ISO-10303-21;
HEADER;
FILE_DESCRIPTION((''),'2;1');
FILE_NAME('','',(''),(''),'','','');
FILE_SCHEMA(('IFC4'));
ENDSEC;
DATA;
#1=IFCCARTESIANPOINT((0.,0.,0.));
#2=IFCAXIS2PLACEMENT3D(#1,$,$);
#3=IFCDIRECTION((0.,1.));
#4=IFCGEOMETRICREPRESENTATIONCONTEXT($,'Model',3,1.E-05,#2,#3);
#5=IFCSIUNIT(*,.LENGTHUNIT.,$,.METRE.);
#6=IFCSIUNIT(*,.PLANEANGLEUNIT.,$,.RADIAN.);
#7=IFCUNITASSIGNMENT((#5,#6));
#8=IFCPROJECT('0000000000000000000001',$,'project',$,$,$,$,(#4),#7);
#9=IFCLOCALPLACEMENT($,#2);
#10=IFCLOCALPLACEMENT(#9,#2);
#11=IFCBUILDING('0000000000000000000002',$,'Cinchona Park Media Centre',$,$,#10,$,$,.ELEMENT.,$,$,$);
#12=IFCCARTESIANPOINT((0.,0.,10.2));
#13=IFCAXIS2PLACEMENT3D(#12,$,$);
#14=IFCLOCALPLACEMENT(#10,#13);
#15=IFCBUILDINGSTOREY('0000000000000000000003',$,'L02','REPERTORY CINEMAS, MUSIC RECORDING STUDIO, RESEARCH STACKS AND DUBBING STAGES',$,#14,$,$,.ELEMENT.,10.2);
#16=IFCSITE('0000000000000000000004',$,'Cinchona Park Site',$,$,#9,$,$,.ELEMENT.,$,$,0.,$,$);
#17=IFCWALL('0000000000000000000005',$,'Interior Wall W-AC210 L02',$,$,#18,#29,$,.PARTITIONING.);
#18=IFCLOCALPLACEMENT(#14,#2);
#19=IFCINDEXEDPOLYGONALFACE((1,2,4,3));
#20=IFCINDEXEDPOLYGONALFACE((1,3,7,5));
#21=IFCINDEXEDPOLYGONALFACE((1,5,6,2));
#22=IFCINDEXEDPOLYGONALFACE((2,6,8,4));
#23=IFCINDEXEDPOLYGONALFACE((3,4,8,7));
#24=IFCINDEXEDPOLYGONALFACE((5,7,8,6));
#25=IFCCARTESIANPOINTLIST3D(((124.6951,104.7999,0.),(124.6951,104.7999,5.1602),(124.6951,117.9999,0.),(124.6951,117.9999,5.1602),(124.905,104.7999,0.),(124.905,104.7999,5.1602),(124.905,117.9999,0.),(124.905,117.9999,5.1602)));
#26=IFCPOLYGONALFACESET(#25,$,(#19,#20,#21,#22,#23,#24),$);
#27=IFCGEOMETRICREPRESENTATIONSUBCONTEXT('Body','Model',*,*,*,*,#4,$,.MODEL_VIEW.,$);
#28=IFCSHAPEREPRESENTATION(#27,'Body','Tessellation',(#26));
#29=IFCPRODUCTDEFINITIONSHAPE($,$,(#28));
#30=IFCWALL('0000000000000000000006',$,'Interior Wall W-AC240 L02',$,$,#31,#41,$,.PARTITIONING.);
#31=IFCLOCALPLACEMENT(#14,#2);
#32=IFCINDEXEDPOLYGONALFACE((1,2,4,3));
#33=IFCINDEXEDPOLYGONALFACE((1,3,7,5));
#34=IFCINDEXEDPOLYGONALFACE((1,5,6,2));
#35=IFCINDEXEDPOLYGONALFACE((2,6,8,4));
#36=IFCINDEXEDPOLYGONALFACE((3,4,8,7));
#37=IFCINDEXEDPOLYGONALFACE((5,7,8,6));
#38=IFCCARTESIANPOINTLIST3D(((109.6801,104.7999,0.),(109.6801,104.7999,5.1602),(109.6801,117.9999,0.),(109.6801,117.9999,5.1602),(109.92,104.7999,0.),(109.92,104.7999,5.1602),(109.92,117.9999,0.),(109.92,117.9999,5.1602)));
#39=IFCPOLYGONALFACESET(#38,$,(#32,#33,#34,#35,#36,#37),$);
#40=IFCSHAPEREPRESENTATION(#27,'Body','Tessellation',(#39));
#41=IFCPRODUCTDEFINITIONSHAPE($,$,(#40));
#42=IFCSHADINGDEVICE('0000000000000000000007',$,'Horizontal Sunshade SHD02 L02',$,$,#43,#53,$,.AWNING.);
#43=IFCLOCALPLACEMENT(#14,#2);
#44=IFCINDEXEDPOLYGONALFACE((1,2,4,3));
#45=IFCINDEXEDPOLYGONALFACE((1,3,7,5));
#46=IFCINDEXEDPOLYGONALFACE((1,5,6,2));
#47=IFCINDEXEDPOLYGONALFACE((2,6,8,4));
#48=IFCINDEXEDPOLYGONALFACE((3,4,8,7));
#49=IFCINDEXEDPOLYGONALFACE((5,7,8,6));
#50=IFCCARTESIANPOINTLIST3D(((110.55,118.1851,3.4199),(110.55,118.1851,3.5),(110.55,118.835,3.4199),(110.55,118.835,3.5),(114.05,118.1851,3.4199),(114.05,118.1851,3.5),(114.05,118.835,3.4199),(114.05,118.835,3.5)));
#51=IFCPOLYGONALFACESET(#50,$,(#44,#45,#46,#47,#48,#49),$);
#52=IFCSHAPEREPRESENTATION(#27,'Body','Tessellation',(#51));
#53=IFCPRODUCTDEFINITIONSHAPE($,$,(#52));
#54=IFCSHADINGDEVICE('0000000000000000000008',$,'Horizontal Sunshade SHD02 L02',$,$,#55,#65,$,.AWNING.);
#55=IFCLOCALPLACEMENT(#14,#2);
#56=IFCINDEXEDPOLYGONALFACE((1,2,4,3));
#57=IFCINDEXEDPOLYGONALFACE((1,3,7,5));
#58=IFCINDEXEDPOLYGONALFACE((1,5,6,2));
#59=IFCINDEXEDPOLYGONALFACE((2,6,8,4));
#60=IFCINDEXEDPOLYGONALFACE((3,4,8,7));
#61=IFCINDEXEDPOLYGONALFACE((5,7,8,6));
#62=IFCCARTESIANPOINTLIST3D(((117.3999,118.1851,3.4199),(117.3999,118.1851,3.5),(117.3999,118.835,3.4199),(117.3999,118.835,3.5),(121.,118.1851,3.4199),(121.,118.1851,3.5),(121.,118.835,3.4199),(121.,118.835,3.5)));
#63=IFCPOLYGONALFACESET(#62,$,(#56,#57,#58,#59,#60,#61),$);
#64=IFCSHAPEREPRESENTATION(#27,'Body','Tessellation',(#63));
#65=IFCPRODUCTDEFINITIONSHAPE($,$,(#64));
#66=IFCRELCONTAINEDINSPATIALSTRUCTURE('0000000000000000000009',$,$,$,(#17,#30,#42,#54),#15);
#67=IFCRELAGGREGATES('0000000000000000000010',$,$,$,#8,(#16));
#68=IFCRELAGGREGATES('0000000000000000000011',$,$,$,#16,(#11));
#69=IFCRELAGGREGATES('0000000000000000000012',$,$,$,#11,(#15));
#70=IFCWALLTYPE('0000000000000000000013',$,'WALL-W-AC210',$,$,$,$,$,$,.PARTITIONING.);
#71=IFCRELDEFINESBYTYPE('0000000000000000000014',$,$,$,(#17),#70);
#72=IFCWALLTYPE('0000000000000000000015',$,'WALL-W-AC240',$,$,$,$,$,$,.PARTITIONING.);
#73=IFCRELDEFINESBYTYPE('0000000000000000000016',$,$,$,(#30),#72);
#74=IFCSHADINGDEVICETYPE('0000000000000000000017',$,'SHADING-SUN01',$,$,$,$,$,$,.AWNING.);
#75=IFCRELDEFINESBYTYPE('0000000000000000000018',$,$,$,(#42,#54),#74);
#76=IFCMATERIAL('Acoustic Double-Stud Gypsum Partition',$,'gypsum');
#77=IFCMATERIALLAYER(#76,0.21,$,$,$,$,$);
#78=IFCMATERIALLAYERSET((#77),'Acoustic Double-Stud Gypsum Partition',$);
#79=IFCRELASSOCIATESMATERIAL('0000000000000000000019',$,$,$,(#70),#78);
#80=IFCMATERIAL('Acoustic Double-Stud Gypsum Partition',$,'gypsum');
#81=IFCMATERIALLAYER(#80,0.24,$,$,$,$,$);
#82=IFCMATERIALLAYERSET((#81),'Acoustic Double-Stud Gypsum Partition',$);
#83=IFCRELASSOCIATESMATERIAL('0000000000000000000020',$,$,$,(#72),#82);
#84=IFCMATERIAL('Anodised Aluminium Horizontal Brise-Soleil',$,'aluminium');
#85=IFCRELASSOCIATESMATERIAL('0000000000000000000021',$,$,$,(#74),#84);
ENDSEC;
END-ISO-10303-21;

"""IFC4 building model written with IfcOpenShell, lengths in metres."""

from ifc_helpers import new_model, si_unit, direction, frame, frame_2d, origin, origin_2d, place, context, subcontext, project, spatial, rectangle, extrude, material, layer, layer_set, type_object, element, save


model = new_model("IFC4")

# Units and contexts
model_context = context("Model", 3, precision=1e-05, world=origin(), true_north=direction((0.0, 1.0)))
body_context = subcontext(model_context, "Body", "Model", "MODEL_VIEW")
ifc_project = project(units=[si_unit("LENGTHUNIT", "METRE"), si_unit("PLANEANGLEUNIT", "RADIAN")], contexts=[model_context])

# Site, building, storey
site_placement = place(None, origin())
site = spatial("IfcSite", under=ifc_project, at=site_placement, Name="Cinchona Park Site", CompositionType="ELEMENT", RefElevation=0.0)
building_placement = place(site_placement, origin())
building = spatial("IfcBuilding", under=site, at=building_placement, Name="Cinchona Park Media Centre", CompositionType="ELEMENT")
storey_placement = place(building_placement, frame((0.0, 0.0, 10.2)))
storey = spatial("IfcBuildingStorey", under=building, at=storey_placement, Name="L02", Description="REPERTORY CINEMAS, MUSIC RECORDING STUDIO, RESEARCH STACKS AND DUBBING STAGES", CompositionType="ELEMENT", Elevation=10.2)

# Walls
ifc_material_1 = material(Name="Acoustic Double-Stud Gypsum Partition", Category="gypsum")
ifc_layer_1 = layer(ifc_material_1, 0.21)
ifc_layer_set_1 = layer_set([ifc_layer_1], Name="Acoustic Double-Stud Gypsum Partition")
wall_type_1 = type_object("IfcWallType", Name="WALL-W-AC210", PredefinedType="PARTITIONING", material=ifc_layer_set_1)
wall_1_placement = place(storey_placement, frame((124.8, 118.0, 0.0), z_axis=(0.0, 0.0, 1.0), x_axis=(0.0, -1.0, 0.0)))
element("IfcWall", 1, at=wall_1_placement, inside=storey, type_object=wall_type_1, Name="Interior Wall W-AC210 L02", PredefinedType="PARTITIONING", context=body_context, shape_type="SweptSolid", body=[
    extrude(rectangle(XDim=13.2, YDim=0.21, at=frame_2d((6.6001, 0.0))), origin(), (0.0, 0.0, 1.0), 5.1602),
])
ifc_material_2 = material(Name="Acoustic Double-Stud Gypsum Partition", Category="gypsum")
ifc_layer_2 = layer(ifc_material_2, 0.24)
ifc_layer_set_2 = layer_set([ifc_layer_2], Name="Acoustic Double-Stud Gypsum Partition")
wall_type_2 = type_object("IfcWallType", Name="WALL-W-AC240", PredefinedType="PARTITIONING", material=ifc_layer_set_2)
wall_2_placement = place(storey_placement, frame((109.8, 118.0, 0.0), z_axis=(0.0, 0.0, 1.0), x_axis=(0.0, -1.0, 0.0)))
element("IfcWall", 2, at=wall_2_placement, inside=storey, type_object=wall_type_2, Name="Interior Wall W-AC240 L02", PredefinedType="PARTITIONING", context=body_context, shape_type="SweptSolid", body=[
    extrude(rectangle(XDim=13.2, YDim=0.24, at=frame_2d((6.6001, 0.0))), origin(), (0.0, 0.0, 1.0), 5.1602),
])

# Shading devices
ifc_material_3 = material(Name="Anodised Aluminium Horizontal Brise-Soleil", Category="aluminium")
shading_device_type = type_object("IfcShadingDeviceType", Name="SHADING-SUN01", PredefinedType="AWNING", material=ifc_material_3)
shading_device_1_placement = place(storey_placement, frame((112.3, 118.51, 3.4199), z_axis=(0.0, 0.0, 1.0), x_axis=(1.0, 0.0, 0.0)))
element("IfcShadingDevice", 3, at=shading_device_1_placement, inside=storey, type_object=shading_device_type, Name="Horizontal Sunshade SHD02 L02", PredefinedType="AWNING", context=body_context, shape_type="SweptSolid", body=[
    extrude(rectangle(XDim=3.5, YDim=0.6499, at=origin_2d()), origin(), (0.0, 0.0, 1.0), 0.0801),
])
shading_device_2_placement = place(storey_placement, frame((119.2, 118.51, 3.4199), z_axis=(0.0, 0.0, 1.0), x_axis=(1.0, 0.0, 0.0)))
element("IfcShadingDevice", 4, at=shading_device_2_placement, inside=storey, type_object=shading_device_type, Name="Horizontal Sunshade SHD02 L02", PredefinedType="AWNING", context=body_context, shape_type="SweptSolid", body=[
    extrude(rectangle(XDim=3.6001, YDim=0.6499, at=origin_2d()), origin(), (0.0, 0.0, 1.0), 0.0801),
])

save(model, "model.ifc")
